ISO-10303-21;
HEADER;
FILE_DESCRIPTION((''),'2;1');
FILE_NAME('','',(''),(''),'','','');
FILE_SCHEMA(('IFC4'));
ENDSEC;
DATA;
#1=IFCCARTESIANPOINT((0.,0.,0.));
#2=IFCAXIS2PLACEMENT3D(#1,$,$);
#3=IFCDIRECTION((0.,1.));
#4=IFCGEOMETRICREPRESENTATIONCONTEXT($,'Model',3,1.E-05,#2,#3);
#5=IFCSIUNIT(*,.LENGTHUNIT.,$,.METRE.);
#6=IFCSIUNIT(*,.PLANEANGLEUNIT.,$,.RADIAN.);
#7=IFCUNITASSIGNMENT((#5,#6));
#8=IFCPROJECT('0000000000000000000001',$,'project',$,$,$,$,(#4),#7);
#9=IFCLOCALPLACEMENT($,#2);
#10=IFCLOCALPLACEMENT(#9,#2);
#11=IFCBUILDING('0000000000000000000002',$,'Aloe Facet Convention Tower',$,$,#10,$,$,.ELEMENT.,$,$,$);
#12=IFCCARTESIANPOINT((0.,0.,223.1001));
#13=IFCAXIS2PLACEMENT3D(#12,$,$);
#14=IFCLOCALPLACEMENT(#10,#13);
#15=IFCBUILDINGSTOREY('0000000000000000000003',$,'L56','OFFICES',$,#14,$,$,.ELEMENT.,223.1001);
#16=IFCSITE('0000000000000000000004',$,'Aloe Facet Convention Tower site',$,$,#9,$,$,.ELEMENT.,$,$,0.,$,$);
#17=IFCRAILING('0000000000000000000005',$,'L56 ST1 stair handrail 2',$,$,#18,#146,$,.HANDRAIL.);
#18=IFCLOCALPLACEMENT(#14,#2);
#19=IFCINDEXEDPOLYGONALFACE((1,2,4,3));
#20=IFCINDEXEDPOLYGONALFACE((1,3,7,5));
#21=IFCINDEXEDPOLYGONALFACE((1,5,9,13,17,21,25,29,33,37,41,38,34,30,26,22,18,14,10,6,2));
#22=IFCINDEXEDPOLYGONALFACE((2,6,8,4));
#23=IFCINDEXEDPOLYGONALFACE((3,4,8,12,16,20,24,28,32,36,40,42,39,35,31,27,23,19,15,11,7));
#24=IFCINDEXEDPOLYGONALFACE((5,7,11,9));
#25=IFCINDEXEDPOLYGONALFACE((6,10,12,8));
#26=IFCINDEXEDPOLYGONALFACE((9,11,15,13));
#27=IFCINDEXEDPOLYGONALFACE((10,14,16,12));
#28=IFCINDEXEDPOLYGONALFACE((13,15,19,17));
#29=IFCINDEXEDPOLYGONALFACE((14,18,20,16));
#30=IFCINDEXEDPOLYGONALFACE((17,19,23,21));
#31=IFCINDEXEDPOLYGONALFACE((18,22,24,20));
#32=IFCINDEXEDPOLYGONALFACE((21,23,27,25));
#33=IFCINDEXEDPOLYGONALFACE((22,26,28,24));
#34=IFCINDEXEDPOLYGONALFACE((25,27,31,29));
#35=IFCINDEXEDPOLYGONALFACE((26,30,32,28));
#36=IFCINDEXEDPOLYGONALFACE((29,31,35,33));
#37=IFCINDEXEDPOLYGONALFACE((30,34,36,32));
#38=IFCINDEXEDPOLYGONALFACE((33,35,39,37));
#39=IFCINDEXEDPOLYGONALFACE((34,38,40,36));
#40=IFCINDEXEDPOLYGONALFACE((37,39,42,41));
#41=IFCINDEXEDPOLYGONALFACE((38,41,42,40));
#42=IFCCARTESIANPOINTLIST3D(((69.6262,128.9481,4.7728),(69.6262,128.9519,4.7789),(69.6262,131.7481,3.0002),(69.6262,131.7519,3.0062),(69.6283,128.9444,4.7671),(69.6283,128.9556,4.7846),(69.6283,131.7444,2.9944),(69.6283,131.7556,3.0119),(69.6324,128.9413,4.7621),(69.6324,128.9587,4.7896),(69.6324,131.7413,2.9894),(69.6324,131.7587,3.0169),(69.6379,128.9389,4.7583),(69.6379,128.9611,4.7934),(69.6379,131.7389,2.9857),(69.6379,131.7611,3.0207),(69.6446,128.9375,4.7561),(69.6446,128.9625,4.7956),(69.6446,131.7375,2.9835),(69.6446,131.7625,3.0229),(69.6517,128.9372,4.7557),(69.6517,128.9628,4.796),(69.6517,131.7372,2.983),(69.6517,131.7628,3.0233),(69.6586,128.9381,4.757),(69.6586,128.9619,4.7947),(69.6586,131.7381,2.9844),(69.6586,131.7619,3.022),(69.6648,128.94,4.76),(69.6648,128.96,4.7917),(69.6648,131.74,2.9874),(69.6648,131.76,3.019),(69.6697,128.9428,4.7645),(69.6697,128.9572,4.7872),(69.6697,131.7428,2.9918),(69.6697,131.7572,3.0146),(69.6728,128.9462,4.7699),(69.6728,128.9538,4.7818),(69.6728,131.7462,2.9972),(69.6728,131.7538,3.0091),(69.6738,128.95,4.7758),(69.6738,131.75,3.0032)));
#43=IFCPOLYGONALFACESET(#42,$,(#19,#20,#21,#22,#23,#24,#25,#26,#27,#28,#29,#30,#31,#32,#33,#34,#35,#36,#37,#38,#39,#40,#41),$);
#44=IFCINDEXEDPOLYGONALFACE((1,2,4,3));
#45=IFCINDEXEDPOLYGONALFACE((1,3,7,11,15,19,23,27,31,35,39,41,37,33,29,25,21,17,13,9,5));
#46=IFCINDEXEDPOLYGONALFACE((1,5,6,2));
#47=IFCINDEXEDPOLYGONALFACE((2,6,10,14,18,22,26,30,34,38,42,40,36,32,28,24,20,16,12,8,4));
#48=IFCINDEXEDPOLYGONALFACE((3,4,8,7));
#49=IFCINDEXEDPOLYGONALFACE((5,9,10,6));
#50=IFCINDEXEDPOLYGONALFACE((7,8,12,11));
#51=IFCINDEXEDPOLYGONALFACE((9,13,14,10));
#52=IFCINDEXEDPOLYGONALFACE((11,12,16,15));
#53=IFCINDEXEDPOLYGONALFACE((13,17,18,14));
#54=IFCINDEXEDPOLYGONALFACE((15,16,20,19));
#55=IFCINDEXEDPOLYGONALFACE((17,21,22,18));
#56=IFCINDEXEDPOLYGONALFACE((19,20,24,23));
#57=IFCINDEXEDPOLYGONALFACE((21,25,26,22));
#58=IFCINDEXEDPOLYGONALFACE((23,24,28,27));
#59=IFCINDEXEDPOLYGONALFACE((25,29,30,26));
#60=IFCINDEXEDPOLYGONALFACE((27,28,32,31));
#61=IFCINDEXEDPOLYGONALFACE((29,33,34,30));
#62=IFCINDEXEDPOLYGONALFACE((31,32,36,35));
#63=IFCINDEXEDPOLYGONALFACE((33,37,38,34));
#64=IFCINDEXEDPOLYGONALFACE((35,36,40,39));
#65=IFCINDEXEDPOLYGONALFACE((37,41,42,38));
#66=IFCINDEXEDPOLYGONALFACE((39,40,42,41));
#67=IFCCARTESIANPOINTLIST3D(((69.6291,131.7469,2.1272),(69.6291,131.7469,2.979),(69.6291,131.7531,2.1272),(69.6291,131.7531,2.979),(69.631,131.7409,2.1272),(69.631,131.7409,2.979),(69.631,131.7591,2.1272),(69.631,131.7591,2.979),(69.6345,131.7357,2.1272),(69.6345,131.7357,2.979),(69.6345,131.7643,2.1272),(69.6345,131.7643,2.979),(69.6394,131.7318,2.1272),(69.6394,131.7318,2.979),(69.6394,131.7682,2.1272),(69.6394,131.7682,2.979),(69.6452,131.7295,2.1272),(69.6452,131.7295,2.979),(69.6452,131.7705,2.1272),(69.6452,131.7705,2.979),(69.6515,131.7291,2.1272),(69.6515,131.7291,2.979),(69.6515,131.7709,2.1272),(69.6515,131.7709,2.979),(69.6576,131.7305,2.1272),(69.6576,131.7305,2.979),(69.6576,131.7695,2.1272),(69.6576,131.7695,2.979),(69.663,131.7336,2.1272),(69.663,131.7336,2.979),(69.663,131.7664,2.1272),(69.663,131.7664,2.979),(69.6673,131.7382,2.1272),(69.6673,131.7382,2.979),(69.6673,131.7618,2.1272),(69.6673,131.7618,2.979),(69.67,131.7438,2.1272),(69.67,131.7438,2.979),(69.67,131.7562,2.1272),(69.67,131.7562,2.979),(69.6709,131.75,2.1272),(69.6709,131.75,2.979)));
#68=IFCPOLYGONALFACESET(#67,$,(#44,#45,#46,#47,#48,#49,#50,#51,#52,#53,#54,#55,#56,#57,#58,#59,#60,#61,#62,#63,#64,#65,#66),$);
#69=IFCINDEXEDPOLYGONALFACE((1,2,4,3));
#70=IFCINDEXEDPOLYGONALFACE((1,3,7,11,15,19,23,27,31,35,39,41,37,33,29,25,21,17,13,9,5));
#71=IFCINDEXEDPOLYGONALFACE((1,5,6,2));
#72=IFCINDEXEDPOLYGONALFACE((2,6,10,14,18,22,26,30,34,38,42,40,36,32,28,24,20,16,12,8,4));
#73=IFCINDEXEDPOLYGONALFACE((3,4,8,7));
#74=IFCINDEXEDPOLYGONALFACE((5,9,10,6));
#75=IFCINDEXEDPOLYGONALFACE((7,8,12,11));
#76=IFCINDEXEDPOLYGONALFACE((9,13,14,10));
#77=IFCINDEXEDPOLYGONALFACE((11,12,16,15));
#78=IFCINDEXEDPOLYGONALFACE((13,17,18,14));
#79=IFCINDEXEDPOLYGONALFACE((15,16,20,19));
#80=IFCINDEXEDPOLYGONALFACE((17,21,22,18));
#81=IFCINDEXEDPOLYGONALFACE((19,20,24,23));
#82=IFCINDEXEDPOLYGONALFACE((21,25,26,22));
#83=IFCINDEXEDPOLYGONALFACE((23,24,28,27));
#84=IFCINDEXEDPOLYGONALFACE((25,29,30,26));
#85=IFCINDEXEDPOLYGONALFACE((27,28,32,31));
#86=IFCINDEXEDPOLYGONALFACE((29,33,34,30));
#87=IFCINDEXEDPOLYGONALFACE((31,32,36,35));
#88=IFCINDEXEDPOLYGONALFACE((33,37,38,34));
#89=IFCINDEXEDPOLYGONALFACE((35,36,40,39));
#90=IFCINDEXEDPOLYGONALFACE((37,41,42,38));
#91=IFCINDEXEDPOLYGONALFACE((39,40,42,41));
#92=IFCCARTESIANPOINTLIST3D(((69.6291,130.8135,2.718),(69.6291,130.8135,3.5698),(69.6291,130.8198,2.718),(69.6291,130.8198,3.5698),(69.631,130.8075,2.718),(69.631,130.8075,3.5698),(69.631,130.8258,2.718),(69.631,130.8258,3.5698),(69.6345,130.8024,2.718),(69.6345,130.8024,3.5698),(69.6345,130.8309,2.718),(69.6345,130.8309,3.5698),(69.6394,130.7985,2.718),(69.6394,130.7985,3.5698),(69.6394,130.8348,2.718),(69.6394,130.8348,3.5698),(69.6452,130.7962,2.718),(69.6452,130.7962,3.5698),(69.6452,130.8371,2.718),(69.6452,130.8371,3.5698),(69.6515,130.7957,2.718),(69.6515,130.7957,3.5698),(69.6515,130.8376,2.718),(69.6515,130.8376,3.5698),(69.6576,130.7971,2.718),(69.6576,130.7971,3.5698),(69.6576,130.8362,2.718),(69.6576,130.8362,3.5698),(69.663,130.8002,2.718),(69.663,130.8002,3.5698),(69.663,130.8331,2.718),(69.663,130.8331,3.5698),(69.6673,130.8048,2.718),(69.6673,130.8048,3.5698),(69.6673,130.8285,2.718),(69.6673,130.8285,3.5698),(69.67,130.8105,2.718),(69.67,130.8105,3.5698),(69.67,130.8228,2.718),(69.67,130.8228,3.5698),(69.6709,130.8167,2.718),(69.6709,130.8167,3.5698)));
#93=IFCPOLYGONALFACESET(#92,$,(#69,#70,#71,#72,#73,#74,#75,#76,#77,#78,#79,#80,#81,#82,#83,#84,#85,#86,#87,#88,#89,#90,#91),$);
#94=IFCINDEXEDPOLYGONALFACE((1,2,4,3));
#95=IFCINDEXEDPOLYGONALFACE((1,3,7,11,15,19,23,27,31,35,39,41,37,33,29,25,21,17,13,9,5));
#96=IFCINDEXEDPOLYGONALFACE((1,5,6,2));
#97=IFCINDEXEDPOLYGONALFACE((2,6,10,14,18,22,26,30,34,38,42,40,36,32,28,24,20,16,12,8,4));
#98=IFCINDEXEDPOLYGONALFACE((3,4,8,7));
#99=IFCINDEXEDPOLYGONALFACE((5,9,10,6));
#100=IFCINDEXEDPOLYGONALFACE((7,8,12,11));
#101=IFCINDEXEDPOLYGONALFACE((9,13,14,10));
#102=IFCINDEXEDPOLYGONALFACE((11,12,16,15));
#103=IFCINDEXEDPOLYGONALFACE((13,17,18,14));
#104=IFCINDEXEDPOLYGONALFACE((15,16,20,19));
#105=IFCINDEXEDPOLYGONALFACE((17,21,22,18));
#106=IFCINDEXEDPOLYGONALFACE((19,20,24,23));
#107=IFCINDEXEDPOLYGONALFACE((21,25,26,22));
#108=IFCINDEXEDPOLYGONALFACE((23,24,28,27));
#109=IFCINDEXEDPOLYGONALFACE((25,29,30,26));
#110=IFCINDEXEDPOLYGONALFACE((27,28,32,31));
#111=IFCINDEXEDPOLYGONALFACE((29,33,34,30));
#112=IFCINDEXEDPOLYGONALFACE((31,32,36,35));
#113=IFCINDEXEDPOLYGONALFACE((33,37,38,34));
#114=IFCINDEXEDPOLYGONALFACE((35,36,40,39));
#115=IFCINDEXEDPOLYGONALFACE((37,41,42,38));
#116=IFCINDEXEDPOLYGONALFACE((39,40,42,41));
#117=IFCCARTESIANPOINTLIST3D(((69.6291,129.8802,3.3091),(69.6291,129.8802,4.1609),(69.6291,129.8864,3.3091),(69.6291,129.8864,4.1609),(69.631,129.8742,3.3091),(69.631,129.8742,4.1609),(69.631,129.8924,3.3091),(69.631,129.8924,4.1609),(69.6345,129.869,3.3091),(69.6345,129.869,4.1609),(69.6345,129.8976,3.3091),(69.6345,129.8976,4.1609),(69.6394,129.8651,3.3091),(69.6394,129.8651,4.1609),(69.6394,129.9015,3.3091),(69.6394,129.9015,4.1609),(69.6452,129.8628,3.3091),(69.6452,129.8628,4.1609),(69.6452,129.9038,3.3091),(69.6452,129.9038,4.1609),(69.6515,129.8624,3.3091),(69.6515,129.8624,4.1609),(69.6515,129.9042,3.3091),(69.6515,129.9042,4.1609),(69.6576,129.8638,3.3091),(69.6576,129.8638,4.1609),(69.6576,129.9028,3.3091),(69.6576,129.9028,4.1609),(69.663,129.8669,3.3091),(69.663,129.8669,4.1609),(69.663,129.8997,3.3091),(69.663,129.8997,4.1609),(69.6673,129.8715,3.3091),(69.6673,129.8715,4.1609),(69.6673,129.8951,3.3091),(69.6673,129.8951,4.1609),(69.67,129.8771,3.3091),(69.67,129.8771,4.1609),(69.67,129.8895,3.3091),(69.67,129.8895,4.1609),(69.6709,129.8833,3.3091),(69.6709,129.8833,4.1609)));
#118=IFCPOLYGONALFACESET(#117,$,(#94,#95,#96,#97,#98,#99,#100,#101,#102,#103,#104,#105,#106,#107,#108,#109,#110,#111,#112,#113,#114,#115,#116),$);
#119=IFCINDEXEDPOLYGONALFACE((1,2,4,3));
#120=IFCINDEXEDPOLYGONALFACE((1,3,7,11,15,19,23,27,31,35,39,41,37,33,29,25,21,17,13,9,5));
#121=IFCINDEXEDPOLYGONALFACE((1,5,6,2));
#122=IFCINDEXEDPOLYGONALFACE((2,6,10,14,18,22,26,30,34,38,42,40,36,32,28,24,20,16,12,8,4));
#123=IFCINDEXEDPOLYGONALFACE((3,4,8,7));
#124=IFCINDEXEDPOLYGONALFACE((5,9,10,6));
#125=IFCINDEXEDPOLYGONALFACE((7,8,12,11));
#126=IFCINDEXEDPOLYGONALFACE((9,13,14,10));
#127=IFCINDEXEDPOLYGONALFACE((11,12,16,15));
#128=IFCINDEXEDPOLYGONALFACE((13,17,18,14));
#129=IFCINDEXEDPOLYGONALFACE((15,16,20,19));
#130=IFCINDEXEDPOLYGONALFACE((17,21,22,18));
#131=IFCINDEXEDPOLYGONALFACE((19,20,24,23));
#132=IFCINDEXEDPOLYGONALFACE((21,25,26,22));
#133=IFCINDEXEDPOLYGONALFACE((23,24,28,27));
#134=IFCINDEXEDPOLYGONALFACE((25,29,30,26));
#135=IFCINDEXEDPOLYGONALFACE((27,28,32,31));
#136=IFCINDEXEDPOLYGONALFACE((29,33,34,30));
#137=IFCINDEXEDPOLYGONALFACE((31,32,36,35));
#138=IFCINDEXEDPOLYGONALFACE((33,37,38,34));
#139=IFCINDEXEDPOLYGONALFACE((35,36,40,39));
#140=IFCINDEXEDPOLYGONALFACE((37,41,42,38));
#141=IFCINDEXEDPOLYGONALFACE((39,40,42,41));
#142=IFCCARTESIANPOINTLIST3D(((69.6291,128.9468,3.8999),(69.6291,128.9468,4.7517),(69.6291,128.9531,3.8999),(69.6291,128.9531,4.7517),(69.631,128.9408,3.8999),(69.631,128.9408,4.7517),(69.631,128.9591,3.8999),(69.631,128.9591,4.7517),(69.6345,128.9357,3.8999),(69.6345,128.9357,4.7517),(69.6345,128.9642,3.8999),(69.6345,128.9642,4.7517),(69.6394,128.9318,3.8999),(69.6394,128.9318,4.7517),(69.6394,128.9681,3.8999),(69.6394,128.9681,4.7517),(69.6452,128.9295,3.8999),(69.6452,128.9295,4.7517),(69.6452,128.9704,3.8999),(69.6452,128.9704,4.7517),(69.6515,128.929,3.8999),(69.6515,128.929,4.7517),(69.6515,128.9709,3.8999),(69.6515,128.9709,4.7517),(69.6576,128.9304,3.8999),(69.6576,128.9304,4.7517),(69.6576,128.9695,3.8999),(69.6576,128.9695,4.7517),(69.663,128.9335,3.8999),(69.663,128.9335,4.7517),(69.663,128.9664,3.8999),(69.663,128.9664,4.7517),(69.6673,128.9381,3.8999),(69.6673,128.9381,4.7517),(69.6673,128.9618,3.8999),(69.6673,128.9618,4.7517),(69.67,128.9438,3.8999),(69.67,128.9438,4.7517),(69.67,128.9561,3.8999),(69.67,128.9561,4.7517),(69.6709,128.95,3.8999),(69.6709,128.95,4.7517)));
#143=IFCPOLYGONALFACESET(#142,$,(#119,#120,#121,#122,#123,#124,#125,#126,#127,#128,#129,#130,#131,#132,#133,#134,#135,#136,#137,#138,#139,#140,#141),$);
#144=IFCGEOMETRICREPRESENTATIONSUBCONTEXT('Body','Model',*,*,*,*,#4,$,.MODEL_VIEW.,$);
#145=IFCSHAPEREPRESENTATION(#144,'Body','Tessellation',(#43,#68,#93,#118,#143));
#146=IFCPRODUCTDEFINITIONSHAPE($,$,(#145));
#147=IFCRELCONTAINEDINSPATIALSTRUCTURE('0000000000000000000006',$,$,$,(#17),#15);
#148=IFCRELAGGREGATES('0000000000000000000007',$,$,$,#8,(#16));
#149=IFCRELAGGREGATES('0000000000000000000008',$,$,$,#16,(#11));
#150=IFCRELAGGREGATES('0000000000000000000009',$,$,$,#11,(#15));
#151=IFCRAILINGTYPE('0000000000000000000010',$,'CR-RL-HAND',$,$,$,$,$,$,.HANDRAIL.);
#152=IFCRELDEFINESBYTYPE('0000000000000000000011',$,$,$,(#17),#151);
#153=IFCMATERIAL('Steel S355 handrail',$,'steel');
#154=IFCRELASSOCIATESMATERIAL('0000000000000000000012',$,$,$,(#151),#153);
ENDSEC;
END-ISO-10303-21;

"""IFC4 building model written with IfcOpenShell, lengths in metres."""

from ifc_helpers import new_model, si_unit, direction, frame, origin, origin_2d, place, context, subcontext, project, spatial, circle, extrude, material, type_object, element, save


model = new_model("IFC4")

# Units and contexts
model_context = context("Model", 3, precision=1e-05, world=origin(), true_north=direction((0.0, 1.0)))
body_context = subcontext(model_context, "Body", "Model", "MODEL_VIEW")
ifc_project = project(units=[si_unit("LENGTHUNIT", "METRE"), si_unit("PLANEANGLEUNIT", "RADIAN")], contexts=[model_context])

# Site, building, storey
site_placement = place(None, origin())
site = spatial("IfcSite", under=ifc_project, at=site_placement, Name="Aloe Facet Convention Tower site", CompositionType="ELEMENT", RefElevation=0.0)
building_placement = place(site_placement, origin())
building = spatial("IfcBuilding", under=site, at=building_placement, Name="Aloe Facet Convention Tower", CompositionType="ELEMENT")
storey_placement = place(building_placement, frame((0.0, 0.0, 223.1001)))
storey = spatial("IfcBuildingStorey", under=building, at=storey_placement, Name="L56", Description="OFFICES", CompositionType="ELEMENT", Elevation=223.1001)

# Railing
ifc_material_1 = material(Name="Steel S355 handrail", Category="steel")
railing_type_1 = type_object("IfcRailingType", Name="CR-RL-HAND", PredefinedType="HANDRAIL", material=ifc_material_1)
railing_1_placement = place(storey_placement, frame((69.6499, 131.75, 2.1272)))
element("IfcRailing", 1, at=railing_1_placement, inside=storey, type_object=railing_type_1, Name="L56 ST1 stair handrail 2", PredefinedType="HANDRAIL", context=body_context, shape_type="SweptSolid", body=[
    extrude(circle(Radius=0.0239, at=origin_2d()), frame((0.0, 0.0, 0.876), z_axis=(0.0, -0.844909, 0.53491), x_axis=(1.0, 0.0, 0.0)), (0.0, 0.0, 1.0), 3.314),
    extrude(circle(Radius=0.021, at=origin_2d()), origin(), (0.0, 0.0, 1.0), 0.8518),
    extrude(circle(Radius=0.021, at=origin_2d()), frame((0.0, -0.9333, 0.5908)), (0.0, 0.0, 1.0), 0.8518),
    extrude(circle(Radius=0.021, at=origin_2d()), frame((0.0, -1.8667, 1.1819)), (0.0, 0.0, 1.0), 0.8518),
    extrude(circle(Radius=0.021, at=origin_2d()), frame((0.0, -2.8, 1.7727)), (0.0, 0.0, 1.0), 0.8518),
])

save(model, "model.ifc")
